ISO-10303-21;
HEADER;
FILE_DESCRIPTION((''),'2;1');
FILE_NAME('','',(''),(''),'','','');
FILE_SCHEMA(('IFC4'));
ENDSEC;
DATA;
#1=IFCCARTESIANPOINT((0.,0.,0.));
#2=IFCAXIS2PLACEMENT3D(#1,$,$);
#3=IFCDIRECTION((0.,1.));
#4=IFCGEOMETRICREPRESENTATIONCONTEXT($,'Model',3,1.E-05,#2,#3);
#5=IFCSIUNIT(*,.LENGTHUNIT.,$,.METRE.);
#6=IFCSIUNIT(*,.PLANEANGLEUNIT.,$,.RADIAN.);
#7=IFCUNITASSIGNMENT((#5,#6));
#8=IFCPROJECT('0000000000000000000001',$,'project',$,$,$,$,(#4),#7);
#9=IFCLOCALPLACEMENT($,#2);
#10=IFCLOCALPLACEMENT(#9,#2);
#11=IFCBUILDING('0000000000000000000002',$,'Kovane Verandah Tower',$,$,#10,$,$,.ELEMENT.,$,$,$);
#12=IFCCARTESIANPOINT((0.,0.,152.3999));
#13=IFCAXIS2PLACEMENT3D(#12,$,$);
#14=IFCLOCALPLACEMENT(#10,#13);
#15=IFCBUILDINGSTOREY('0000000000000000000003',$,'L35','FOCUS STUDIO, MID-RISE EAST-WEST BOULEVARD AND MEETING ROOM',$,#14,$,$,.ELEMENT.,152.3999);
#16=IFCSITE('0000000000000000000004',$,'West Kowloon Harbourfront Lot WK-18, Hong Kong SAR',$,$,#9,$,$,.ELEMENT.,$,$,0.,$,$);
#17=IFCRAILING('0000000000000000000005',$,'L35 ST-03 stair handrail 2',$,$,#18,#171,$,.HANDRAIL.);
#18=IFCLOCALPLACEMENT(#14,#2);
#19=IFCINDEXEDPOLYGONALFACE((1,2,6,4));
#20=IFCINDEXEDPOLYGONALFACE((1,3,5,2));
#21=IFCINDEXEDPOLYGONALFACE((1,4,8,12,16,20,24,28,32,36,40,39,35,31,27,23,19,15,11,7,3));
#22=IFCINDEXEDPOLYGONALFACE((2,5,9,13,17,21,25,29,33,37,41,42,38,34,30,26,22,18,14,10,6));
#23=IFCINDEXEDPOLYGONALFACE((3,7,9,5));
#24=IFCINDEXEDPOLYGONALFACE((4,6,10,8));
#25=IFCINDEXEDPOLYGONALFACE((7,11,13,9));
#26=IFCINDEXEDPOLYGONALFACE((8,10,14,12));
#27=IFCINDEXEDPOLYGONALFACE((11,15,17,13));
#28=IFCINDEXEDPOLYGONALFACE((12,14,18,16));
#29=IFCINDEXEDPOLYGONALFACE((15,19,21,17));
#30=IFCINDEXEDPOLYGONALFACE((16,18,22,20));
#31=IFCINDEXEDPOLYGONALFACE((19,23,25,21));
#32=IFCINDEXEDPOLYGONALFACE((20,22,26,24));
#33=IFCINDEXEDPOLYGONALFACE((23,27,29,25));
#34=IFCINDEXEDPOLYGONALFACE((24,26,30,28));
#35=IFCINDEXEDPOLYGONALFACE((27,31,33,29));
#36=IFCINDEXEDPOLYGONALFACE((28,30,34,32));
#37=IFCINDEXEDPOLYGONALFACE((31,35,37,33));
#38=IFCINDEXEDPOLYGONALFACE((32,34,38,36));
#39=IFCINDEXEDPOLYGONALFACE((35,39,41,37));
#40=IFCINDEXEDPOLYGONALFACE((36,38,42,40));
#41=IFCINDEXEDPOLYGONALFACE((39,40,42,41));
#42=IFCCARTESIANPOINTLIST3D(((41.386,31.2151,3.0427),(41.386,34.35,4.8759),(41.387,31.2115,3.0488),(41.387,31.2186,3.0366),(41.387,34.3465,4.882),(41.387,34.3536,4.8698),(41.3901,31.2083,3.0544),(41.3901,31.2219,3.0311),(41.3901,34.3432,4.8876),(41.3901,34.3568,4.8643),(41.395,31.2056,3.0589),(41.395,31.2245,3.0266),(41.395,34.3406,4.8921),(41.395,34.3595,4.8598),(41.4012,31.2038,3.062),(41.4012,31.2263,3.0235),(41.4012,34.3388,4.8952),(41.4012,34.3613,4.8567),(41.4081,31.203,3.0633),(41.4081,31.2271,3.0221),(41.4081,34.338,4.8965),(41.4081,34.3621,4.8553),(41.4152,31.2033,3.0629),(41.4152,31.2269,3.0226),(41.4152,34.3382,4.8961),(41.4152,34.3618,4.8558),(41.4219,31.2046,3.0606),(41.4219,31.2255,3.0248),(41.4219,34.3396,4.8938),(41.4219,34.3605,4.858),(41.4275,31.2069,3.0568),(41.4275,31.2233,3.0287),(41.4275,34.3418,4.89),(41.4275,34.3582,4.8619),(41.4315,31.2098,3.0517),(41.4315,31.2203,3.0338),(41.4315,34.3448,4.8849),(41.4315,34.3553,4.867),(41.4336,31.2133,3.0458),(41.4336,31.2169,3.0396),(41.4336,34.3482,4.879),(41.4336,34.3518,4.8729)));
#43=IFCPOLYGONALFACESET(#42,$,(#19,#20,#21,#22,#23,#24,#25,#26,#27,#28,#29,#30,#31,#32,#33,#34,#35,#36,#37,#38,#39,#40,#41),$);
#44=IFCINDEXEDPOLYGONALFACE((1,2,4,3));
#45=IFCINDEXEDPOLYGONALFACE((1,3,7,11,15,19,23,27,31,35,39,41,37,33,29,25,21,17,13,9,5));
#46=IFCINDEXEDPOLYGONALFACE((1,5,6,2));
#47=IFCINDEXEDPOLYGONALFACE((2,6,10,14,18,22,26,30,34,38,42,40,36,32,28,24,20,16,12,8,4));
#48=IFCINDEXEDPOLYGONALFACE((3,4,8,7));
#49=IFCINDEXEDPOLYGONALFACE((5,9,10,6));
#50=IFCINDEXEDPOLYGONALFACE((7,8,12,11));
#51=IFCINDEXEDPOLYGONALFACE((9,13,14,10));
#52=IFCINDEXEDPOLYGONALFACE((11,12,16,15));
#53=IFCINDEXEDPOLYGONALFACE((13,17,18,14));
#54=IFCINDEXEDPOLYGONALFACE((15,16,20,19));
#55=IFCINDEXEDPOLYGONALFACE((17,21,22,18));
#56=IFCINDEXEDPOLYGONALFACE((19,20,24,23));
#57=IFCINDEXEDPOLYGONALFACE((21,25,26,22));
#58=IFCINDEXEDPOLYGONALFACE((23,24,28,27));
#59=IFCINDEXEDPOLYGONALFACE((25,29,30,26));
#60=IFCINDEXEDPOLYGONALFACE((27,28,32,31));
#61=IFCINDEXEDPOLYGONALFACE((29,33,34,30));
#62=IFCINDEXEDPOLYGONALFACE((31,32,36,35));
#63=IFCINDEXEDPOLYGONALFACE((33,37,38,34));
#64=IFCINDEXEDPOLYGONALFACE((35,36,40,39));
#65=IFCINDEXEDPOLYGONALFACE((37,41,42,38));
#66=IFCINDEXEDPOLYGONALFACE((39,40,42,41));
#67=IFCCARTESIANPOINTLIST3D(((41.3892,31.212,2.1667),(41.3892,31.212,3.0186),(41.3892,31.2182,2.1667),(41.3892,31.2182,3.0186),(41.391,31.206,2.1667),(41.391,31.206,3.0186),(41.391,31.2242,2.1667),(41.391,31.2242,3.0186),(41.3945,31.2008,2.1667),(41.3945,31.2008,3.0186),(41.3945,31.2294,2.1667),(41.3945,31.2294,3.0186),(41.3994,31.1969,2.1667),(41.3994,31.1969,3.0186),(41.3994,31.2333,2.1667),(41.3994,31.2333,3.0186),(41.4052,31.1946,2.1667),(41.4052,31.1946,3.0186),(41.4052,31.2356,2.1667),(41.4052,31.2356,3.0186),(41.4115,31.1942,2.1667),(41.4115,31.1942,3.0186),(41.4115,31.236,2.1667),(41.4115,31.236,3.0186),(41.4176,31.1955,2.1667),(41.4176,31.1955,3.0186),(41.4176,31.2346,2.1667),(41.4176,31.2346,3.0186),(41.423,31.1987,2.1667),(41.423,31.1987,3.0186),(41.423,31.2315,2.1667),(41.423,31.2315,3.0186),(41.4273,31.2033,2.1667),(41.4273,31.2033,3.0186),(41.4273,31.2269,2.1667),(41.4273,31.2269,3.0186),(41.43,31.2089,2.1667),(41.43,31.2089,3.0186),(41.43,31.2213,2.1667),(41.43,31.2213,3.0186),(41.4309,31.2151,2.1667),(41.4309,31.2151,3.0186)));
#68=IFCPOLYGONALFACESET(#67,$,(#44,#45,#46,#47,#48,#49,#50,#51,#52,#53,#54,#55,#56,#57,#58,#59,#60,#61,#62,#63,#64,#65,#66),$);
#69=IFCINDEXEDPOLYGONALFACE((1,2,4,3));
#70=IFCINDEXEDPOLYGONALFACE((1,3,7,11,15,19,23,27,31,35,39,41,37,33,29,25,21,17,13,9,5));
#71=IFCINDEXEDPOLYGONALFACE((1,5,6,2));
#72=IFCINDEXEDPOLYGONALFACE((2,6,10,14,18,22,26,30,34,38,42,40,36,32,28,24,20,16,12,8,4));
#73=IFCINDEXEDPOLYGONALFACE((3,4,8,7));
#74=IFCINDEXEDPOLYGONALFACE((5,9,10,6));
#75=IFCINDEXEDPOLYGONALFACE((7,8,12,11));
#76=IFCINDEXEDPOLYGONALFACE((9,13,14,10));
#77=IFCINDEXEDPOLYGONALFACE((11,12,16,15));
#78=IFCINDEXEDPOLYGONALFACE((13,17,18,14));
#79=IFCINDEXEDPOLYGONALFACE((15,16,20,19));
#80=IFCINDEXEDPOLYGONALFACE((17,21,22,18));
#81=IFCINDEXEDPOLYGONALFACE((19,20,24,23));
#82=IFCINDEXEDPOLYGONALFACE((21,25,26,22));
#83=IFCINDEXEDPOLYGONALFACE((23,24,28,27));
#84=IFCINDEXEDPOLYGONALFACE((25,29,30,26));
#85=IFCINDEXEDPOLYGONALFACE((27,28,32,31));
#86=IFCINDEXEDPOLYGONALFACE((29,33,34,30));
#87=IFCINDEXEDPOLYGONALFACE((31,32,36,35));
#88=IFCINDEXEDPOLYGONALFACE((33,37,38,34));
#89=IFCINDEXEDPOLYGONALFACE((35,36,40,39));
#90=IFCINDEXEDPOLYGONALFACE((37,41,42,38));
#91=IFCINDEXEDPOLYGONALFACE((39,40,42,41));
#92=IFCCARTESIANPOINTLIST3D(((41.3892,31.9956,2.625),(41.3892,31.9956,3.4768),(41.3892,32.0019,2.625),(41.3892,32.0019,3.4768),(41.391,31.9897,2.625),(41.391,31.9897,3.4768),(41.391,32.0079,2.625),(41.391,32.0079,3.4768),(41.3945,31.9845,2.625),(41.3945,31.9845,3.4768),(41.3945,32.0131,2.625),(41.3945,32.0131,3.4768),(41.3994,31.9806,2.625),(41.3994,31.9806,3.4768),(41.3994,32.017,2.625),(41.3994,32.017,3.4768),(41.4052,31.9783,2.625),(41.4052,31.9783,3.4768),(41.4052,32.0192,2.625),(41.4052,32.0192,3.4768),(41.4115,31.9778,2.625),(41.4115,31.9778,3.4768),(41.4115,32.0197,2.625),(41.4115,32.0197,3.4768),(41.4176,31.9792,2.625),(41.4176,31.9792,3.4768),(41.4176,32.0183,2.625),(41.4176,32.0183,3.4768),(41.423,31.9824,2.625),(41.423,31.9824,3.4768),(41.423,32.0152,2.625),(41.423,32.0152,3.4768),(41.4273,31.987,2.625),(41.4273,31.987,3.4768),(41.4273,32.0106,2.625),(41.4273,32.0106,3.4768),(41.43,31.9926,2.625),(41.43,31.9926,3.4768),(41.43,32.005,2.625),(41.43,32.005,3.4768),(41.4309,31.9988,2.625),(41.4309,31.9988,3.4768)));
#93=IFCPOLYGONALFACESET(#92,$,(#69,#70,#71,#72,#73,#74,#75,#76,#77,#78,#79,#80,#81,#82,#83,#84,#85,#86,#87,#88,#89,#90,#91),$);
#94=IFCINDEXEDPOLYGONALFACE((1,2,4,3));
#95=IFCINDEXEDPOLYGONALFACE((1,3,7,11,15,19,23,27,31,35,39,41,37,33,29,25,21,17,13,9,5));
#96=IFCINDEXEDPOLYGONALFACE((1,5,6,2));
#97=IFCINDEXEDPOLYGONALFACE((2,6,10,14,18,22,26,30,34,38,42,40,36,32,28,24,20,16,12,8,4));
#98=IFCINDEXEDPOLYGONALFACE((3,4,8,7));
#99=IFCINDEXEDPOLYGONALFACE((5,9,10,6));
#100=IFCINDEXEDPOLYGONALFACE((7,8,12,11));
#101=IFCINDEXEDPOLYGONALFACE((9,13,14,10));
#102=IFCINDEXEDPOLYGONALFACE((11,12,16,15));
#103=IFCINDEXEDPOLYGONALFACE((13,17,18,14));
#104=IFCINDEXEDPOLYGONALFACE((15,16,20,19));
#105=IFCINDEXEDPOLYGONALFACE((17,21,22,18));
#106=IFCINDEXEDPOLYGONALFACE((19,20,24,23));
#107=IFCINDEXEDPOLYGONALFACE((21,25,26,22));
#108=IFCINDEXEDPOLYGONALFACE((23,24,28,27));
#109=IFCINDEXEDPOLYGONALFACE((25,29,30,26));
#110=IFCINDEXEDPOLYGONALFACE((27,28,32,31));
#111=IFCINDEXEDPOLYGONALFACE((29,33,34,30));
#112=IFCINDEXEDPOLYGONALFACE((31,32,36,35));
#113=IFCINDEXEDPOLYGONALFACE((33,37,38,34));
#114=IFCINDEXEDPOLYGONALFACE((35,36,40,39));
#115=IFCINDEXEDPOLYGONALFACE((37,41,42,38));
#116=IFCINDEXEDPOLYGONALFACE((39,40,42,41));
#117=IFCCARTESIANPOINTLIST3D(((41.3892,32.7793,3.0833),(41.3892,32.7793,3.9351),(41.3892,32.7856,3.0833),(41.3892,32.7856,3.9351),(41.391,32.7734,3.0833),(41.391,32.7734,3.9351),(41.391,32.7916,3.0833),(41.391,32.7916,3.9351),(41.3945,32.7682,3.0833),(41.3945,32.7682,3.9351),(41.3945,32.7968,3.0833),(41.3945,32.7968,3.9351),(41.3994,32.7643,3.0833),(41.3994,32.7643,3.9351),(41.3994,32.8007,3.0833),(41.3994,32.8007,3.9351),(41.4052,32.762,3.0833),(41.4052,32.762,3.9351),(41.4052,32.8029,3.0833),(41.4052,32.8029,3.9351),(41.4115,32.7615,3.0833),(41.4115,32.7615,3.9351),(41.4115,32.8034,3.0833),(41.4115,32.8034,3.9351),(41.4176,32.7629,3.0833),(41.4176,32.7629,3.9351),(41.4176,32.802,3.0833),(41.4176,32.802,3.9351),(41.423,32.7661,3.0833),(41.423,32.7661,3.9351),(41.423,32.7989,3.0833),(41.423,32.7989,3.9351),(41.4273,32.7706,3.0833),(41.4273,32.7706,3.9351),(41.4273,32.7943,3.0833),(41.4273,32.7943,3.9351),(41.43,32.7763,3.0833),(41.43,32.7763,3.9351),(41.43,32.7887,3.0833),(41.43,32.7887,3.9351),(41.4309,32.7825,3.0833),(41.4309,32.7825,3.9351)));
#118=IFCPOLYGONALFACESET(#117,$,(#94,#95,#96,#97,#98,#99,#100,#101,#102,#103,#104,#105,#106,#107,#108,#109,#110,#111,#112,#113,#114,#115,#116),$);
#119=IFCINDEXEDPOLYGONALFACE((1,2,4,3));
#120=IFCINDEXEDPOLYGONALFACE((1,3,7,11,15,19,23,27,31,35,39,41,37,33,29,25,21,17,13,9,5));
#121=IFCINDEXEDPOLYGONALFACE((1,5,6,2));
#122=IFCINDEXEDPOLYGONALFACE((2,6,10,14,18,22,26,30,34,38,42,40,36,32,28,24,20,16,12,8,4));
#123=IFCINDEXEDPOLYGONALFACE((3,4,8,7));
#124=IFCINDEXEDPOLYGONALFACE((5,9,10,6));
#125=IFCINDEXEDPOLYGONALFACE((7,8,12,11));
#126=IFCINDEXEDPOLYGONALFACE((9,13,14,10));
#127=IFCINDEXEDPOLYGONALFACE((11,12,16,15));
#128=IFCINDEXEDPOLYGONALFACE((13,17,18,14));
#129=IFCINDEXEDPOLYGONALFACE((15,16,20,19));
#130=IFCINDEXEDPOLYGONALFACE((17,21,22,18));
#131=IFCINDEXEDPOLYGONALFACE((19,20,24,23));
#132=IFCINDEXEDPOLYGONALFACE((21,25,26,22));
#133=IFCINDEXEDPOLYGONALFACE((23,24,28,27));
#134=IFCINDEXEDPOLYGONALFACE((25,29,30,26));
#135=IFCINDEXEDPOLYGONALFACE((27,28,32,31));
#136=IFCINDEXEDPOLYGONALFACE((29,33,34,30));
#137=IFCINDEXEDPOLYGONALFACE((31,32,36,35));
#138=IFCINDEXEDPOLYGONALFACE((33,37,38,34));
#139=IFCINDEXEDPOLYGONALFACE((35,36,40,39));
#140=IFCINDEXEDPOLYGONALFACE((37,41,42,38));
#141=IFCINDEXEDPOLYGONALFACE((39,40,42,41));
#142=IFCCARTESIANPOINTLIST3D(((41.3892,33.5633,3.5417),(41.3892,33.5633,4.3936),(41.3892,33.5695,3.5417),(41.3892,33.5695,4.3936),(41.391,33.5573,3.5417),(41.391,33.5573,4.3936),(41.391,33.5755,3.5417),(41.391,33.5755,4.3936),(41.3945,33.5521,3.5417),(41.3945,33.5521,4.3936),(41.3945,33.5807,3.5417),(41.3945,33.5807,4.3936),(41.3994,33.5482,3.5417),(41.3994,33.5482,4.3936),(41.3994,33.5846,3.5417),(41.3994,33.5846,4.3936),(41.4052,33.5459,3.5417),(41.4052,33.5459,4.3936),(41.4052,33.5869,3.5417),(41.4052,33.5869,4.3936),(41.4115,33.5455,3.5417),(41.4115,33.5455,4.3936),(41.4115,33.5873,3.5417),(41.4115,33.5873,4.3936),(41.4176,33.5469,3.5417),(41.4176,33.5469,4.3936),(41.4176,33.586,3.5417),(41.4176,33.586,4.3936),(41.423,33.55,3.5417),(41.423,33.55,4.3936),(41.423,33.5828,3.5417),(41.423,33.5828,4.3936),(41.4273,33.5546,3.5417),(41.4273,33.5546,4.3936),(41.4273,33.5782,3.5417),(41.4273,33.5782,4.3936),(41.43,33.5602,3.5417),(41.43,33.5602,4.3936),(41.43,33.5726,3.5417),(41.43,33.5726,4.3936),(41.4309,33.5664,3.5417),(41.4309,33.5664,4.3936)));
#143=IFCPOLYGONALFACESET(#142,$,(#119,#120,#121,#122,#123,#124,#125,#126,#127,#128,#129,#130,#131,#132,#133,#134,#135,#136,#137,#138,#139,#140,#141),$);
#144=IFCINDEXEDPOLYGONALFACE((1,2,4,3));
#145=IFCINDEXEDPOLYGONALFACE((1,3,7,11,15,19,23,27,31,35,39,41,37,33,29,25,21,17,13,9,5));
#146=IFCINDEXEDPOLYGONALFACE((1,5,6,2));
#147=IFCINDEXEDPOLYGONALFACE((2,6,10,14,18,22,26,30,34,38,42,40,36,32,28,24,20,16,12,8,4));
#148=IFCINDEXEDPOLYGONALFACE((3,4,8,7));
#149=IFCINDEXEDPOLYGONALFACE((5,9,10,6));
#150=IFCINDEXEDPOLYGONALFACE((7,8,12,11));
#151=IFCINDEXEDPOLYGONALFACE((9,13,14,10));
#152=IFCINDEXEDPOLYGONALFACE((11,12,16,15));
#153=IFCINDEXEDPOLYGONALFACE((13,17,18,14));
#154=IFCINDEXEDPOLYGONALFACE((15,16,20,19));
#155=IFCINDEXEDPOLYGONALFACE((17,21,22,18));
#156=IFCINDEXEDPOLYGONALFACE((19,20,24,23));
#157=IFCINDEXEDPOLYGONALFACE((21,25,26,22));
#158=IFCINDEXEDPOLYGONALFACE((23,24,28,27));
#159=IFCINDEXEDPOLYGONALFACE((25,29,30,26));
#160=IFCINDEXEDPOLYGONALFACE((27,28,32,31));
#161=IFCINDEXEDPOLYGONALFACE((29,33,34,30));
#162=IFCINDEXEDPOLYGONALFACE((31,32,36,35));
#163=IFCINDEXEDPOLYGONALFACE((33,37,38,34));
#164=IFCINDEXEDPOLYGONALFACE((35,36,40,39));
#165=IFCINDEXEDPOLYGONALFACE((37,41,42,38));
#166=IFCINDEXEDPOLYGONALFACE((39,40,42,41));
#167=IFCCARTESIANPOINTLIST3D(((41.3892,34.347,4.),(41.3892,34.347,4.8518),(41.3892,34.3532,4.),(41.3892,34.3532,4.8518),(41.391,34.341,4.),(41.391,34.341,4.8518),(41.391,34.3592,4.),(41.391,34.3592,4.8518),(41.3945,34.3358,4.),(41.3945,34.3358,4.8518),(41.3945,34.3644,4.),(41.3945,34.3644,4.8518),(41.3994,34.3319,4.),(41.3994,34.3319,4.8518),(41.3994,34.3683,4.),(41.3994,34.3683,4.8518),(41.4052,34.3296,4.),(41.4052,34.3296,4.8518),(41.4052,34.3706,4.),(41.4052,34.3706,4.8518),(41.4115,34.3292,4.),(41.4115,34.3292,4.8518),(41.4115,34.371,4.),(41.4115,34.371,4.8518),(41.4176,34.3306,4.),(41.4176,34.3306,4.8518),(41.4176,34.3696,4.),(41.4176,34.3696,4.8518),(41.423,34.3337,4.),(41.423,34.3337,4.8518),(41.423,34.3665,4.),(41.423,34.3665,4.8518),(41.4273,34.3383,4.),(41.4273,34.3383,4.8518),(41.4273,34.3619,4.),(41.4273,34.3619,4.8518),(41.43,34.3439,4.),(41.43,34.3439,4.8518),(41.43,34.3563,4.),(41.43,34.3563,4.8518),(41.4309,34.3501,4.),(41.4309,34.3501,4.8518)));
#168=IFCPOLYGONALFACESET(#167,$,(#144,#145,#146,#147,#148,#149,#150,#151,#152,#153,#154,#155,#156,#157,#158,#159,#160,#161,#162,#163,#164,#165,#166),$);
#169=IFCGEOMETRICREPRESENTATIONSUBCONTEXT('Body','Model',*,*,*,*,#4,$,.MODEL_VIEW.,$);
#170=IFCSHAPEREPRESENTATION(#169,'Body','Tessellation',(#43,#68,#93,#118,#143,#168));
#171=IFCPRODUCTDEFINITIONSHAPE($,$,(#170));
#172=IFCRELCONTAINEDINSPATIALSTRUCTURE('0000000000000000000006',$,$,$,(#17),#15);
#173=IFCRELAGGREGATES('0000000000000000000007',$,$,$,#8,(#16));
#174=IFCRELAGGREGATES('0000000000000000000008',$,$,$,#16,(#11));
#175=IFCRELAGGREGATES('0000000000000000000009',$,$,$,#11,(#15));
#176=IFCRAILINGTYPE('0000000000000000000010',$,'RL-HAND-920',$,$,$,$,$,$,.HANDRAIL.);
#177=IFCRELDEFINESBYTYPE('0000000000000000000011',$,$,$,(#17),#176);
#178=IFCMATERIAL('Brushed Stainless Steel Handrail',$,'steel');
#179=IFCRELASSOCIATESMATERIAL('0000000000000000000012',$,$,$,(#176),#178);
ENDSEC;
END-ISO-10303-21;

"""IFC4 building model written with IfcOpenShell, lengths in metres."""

from ifc_helpers import new_model, si_unit, direction, frame, origin, origin_2d, place, context, subcontext, project, spatial, circle, extrude, material, type_object, element, save


model = new_model("IFC4")

# Units and contexts
model_context = context("Model", 3, precision=1e-05, world=origin(), true_north=direction((0.0, 1.0)))
body_context = subcontext(model_context, "Body", "Model", "MODEL_VIEW")
ifc_project = project(units=[si_unit("LENGTHUNIT", "METRE"), si_unit("PLANEANGLEUNIT", "RADIAN")], contexts=[model_context])

# Site, building, storey
site_placement = place(None, origin())
site = spatial("IfcSite", under=ifc_project, at=site_placement, Name="West Kowloon Harbourfront Lot WK-18, Hong Kong SAR", CompositionType="ELEMENT", RefElevation=0.0)
building_placement = place(site_placement, origin())
building = spatial("IfcBuilding", under=site, at=building_placement, Name="Kovane Verandah Tower", CompositionType="ELEMENT")
storey_placement = place(building_placement, frame((0.0, 0.0, 152.3999)))
storey = spatial("IfcBuildingStorey", under=building, at=storey_placement, Name="L35", Description="FOCUS STUDIO, MID-RISE EAST-WEST BOULEVARD AND MEETING ROOM", CompositionType="ELEMENT", Elevation=152.3999)

# Railing
ifc_material_1 = material(Name="Brushed Stainless Steel Handrail", Category="steel")
railing_type_1 = type_object("IfcRailingType", Name="RL-HAND-920", PredefinedType="HANDRAIL", material=ifc_material_1)
railing_1_placement = place(storey_placement, frame((41.4099, 31.2151, 2.1667)))
element("IfcRailing", 1, at=railing_1_placement, inside=storey, type_object=railing_type_1, Name="L35 ST-03 stair handrail 2", PredefinedType="HANDRAIL", context=body_context, shape_type="SweptSolid", body=[
    extrude(circle(Radius=0.0239, at=origin_2d()), frame((0.0, 0.0, 0.876), z_axis=(0.0, 0.86324, 0.504794), x_axis=(-1.0, 0.0, 0.0)), (0.0, 0.0, 1.0), 3.6316),
    extrude(circle(Radius=0.021, at=origin_2d()), origin(), (0.0, 0.0, 1.0), 0.8518),
    extrude(circle(Radius=0.021, at=origin_2d()), frame((0.0, 0.7837, 0.4583)), (0.0, 0.0, 1.0), 0.8518),
    extrude(circle(Radius=0.021, at=origin_2d()), frame((0.0, 1.5674, 0.9165)), (0.0, 0.0, 1.0), 0.8518),
    extrude(circle(Radius=0.021, at=origin_2d()), frame((0.0, 2.3513, 1.375)), (0.0, 0.0, 1.0), 0.8518),
    extrude(circle(Radius=0.021, at=origin_2d()), frame((0.0, 3.135, 1.8333)), (0.0, 0.0, 1.0), 0.8518),
])

save(model, "model.ifc")
